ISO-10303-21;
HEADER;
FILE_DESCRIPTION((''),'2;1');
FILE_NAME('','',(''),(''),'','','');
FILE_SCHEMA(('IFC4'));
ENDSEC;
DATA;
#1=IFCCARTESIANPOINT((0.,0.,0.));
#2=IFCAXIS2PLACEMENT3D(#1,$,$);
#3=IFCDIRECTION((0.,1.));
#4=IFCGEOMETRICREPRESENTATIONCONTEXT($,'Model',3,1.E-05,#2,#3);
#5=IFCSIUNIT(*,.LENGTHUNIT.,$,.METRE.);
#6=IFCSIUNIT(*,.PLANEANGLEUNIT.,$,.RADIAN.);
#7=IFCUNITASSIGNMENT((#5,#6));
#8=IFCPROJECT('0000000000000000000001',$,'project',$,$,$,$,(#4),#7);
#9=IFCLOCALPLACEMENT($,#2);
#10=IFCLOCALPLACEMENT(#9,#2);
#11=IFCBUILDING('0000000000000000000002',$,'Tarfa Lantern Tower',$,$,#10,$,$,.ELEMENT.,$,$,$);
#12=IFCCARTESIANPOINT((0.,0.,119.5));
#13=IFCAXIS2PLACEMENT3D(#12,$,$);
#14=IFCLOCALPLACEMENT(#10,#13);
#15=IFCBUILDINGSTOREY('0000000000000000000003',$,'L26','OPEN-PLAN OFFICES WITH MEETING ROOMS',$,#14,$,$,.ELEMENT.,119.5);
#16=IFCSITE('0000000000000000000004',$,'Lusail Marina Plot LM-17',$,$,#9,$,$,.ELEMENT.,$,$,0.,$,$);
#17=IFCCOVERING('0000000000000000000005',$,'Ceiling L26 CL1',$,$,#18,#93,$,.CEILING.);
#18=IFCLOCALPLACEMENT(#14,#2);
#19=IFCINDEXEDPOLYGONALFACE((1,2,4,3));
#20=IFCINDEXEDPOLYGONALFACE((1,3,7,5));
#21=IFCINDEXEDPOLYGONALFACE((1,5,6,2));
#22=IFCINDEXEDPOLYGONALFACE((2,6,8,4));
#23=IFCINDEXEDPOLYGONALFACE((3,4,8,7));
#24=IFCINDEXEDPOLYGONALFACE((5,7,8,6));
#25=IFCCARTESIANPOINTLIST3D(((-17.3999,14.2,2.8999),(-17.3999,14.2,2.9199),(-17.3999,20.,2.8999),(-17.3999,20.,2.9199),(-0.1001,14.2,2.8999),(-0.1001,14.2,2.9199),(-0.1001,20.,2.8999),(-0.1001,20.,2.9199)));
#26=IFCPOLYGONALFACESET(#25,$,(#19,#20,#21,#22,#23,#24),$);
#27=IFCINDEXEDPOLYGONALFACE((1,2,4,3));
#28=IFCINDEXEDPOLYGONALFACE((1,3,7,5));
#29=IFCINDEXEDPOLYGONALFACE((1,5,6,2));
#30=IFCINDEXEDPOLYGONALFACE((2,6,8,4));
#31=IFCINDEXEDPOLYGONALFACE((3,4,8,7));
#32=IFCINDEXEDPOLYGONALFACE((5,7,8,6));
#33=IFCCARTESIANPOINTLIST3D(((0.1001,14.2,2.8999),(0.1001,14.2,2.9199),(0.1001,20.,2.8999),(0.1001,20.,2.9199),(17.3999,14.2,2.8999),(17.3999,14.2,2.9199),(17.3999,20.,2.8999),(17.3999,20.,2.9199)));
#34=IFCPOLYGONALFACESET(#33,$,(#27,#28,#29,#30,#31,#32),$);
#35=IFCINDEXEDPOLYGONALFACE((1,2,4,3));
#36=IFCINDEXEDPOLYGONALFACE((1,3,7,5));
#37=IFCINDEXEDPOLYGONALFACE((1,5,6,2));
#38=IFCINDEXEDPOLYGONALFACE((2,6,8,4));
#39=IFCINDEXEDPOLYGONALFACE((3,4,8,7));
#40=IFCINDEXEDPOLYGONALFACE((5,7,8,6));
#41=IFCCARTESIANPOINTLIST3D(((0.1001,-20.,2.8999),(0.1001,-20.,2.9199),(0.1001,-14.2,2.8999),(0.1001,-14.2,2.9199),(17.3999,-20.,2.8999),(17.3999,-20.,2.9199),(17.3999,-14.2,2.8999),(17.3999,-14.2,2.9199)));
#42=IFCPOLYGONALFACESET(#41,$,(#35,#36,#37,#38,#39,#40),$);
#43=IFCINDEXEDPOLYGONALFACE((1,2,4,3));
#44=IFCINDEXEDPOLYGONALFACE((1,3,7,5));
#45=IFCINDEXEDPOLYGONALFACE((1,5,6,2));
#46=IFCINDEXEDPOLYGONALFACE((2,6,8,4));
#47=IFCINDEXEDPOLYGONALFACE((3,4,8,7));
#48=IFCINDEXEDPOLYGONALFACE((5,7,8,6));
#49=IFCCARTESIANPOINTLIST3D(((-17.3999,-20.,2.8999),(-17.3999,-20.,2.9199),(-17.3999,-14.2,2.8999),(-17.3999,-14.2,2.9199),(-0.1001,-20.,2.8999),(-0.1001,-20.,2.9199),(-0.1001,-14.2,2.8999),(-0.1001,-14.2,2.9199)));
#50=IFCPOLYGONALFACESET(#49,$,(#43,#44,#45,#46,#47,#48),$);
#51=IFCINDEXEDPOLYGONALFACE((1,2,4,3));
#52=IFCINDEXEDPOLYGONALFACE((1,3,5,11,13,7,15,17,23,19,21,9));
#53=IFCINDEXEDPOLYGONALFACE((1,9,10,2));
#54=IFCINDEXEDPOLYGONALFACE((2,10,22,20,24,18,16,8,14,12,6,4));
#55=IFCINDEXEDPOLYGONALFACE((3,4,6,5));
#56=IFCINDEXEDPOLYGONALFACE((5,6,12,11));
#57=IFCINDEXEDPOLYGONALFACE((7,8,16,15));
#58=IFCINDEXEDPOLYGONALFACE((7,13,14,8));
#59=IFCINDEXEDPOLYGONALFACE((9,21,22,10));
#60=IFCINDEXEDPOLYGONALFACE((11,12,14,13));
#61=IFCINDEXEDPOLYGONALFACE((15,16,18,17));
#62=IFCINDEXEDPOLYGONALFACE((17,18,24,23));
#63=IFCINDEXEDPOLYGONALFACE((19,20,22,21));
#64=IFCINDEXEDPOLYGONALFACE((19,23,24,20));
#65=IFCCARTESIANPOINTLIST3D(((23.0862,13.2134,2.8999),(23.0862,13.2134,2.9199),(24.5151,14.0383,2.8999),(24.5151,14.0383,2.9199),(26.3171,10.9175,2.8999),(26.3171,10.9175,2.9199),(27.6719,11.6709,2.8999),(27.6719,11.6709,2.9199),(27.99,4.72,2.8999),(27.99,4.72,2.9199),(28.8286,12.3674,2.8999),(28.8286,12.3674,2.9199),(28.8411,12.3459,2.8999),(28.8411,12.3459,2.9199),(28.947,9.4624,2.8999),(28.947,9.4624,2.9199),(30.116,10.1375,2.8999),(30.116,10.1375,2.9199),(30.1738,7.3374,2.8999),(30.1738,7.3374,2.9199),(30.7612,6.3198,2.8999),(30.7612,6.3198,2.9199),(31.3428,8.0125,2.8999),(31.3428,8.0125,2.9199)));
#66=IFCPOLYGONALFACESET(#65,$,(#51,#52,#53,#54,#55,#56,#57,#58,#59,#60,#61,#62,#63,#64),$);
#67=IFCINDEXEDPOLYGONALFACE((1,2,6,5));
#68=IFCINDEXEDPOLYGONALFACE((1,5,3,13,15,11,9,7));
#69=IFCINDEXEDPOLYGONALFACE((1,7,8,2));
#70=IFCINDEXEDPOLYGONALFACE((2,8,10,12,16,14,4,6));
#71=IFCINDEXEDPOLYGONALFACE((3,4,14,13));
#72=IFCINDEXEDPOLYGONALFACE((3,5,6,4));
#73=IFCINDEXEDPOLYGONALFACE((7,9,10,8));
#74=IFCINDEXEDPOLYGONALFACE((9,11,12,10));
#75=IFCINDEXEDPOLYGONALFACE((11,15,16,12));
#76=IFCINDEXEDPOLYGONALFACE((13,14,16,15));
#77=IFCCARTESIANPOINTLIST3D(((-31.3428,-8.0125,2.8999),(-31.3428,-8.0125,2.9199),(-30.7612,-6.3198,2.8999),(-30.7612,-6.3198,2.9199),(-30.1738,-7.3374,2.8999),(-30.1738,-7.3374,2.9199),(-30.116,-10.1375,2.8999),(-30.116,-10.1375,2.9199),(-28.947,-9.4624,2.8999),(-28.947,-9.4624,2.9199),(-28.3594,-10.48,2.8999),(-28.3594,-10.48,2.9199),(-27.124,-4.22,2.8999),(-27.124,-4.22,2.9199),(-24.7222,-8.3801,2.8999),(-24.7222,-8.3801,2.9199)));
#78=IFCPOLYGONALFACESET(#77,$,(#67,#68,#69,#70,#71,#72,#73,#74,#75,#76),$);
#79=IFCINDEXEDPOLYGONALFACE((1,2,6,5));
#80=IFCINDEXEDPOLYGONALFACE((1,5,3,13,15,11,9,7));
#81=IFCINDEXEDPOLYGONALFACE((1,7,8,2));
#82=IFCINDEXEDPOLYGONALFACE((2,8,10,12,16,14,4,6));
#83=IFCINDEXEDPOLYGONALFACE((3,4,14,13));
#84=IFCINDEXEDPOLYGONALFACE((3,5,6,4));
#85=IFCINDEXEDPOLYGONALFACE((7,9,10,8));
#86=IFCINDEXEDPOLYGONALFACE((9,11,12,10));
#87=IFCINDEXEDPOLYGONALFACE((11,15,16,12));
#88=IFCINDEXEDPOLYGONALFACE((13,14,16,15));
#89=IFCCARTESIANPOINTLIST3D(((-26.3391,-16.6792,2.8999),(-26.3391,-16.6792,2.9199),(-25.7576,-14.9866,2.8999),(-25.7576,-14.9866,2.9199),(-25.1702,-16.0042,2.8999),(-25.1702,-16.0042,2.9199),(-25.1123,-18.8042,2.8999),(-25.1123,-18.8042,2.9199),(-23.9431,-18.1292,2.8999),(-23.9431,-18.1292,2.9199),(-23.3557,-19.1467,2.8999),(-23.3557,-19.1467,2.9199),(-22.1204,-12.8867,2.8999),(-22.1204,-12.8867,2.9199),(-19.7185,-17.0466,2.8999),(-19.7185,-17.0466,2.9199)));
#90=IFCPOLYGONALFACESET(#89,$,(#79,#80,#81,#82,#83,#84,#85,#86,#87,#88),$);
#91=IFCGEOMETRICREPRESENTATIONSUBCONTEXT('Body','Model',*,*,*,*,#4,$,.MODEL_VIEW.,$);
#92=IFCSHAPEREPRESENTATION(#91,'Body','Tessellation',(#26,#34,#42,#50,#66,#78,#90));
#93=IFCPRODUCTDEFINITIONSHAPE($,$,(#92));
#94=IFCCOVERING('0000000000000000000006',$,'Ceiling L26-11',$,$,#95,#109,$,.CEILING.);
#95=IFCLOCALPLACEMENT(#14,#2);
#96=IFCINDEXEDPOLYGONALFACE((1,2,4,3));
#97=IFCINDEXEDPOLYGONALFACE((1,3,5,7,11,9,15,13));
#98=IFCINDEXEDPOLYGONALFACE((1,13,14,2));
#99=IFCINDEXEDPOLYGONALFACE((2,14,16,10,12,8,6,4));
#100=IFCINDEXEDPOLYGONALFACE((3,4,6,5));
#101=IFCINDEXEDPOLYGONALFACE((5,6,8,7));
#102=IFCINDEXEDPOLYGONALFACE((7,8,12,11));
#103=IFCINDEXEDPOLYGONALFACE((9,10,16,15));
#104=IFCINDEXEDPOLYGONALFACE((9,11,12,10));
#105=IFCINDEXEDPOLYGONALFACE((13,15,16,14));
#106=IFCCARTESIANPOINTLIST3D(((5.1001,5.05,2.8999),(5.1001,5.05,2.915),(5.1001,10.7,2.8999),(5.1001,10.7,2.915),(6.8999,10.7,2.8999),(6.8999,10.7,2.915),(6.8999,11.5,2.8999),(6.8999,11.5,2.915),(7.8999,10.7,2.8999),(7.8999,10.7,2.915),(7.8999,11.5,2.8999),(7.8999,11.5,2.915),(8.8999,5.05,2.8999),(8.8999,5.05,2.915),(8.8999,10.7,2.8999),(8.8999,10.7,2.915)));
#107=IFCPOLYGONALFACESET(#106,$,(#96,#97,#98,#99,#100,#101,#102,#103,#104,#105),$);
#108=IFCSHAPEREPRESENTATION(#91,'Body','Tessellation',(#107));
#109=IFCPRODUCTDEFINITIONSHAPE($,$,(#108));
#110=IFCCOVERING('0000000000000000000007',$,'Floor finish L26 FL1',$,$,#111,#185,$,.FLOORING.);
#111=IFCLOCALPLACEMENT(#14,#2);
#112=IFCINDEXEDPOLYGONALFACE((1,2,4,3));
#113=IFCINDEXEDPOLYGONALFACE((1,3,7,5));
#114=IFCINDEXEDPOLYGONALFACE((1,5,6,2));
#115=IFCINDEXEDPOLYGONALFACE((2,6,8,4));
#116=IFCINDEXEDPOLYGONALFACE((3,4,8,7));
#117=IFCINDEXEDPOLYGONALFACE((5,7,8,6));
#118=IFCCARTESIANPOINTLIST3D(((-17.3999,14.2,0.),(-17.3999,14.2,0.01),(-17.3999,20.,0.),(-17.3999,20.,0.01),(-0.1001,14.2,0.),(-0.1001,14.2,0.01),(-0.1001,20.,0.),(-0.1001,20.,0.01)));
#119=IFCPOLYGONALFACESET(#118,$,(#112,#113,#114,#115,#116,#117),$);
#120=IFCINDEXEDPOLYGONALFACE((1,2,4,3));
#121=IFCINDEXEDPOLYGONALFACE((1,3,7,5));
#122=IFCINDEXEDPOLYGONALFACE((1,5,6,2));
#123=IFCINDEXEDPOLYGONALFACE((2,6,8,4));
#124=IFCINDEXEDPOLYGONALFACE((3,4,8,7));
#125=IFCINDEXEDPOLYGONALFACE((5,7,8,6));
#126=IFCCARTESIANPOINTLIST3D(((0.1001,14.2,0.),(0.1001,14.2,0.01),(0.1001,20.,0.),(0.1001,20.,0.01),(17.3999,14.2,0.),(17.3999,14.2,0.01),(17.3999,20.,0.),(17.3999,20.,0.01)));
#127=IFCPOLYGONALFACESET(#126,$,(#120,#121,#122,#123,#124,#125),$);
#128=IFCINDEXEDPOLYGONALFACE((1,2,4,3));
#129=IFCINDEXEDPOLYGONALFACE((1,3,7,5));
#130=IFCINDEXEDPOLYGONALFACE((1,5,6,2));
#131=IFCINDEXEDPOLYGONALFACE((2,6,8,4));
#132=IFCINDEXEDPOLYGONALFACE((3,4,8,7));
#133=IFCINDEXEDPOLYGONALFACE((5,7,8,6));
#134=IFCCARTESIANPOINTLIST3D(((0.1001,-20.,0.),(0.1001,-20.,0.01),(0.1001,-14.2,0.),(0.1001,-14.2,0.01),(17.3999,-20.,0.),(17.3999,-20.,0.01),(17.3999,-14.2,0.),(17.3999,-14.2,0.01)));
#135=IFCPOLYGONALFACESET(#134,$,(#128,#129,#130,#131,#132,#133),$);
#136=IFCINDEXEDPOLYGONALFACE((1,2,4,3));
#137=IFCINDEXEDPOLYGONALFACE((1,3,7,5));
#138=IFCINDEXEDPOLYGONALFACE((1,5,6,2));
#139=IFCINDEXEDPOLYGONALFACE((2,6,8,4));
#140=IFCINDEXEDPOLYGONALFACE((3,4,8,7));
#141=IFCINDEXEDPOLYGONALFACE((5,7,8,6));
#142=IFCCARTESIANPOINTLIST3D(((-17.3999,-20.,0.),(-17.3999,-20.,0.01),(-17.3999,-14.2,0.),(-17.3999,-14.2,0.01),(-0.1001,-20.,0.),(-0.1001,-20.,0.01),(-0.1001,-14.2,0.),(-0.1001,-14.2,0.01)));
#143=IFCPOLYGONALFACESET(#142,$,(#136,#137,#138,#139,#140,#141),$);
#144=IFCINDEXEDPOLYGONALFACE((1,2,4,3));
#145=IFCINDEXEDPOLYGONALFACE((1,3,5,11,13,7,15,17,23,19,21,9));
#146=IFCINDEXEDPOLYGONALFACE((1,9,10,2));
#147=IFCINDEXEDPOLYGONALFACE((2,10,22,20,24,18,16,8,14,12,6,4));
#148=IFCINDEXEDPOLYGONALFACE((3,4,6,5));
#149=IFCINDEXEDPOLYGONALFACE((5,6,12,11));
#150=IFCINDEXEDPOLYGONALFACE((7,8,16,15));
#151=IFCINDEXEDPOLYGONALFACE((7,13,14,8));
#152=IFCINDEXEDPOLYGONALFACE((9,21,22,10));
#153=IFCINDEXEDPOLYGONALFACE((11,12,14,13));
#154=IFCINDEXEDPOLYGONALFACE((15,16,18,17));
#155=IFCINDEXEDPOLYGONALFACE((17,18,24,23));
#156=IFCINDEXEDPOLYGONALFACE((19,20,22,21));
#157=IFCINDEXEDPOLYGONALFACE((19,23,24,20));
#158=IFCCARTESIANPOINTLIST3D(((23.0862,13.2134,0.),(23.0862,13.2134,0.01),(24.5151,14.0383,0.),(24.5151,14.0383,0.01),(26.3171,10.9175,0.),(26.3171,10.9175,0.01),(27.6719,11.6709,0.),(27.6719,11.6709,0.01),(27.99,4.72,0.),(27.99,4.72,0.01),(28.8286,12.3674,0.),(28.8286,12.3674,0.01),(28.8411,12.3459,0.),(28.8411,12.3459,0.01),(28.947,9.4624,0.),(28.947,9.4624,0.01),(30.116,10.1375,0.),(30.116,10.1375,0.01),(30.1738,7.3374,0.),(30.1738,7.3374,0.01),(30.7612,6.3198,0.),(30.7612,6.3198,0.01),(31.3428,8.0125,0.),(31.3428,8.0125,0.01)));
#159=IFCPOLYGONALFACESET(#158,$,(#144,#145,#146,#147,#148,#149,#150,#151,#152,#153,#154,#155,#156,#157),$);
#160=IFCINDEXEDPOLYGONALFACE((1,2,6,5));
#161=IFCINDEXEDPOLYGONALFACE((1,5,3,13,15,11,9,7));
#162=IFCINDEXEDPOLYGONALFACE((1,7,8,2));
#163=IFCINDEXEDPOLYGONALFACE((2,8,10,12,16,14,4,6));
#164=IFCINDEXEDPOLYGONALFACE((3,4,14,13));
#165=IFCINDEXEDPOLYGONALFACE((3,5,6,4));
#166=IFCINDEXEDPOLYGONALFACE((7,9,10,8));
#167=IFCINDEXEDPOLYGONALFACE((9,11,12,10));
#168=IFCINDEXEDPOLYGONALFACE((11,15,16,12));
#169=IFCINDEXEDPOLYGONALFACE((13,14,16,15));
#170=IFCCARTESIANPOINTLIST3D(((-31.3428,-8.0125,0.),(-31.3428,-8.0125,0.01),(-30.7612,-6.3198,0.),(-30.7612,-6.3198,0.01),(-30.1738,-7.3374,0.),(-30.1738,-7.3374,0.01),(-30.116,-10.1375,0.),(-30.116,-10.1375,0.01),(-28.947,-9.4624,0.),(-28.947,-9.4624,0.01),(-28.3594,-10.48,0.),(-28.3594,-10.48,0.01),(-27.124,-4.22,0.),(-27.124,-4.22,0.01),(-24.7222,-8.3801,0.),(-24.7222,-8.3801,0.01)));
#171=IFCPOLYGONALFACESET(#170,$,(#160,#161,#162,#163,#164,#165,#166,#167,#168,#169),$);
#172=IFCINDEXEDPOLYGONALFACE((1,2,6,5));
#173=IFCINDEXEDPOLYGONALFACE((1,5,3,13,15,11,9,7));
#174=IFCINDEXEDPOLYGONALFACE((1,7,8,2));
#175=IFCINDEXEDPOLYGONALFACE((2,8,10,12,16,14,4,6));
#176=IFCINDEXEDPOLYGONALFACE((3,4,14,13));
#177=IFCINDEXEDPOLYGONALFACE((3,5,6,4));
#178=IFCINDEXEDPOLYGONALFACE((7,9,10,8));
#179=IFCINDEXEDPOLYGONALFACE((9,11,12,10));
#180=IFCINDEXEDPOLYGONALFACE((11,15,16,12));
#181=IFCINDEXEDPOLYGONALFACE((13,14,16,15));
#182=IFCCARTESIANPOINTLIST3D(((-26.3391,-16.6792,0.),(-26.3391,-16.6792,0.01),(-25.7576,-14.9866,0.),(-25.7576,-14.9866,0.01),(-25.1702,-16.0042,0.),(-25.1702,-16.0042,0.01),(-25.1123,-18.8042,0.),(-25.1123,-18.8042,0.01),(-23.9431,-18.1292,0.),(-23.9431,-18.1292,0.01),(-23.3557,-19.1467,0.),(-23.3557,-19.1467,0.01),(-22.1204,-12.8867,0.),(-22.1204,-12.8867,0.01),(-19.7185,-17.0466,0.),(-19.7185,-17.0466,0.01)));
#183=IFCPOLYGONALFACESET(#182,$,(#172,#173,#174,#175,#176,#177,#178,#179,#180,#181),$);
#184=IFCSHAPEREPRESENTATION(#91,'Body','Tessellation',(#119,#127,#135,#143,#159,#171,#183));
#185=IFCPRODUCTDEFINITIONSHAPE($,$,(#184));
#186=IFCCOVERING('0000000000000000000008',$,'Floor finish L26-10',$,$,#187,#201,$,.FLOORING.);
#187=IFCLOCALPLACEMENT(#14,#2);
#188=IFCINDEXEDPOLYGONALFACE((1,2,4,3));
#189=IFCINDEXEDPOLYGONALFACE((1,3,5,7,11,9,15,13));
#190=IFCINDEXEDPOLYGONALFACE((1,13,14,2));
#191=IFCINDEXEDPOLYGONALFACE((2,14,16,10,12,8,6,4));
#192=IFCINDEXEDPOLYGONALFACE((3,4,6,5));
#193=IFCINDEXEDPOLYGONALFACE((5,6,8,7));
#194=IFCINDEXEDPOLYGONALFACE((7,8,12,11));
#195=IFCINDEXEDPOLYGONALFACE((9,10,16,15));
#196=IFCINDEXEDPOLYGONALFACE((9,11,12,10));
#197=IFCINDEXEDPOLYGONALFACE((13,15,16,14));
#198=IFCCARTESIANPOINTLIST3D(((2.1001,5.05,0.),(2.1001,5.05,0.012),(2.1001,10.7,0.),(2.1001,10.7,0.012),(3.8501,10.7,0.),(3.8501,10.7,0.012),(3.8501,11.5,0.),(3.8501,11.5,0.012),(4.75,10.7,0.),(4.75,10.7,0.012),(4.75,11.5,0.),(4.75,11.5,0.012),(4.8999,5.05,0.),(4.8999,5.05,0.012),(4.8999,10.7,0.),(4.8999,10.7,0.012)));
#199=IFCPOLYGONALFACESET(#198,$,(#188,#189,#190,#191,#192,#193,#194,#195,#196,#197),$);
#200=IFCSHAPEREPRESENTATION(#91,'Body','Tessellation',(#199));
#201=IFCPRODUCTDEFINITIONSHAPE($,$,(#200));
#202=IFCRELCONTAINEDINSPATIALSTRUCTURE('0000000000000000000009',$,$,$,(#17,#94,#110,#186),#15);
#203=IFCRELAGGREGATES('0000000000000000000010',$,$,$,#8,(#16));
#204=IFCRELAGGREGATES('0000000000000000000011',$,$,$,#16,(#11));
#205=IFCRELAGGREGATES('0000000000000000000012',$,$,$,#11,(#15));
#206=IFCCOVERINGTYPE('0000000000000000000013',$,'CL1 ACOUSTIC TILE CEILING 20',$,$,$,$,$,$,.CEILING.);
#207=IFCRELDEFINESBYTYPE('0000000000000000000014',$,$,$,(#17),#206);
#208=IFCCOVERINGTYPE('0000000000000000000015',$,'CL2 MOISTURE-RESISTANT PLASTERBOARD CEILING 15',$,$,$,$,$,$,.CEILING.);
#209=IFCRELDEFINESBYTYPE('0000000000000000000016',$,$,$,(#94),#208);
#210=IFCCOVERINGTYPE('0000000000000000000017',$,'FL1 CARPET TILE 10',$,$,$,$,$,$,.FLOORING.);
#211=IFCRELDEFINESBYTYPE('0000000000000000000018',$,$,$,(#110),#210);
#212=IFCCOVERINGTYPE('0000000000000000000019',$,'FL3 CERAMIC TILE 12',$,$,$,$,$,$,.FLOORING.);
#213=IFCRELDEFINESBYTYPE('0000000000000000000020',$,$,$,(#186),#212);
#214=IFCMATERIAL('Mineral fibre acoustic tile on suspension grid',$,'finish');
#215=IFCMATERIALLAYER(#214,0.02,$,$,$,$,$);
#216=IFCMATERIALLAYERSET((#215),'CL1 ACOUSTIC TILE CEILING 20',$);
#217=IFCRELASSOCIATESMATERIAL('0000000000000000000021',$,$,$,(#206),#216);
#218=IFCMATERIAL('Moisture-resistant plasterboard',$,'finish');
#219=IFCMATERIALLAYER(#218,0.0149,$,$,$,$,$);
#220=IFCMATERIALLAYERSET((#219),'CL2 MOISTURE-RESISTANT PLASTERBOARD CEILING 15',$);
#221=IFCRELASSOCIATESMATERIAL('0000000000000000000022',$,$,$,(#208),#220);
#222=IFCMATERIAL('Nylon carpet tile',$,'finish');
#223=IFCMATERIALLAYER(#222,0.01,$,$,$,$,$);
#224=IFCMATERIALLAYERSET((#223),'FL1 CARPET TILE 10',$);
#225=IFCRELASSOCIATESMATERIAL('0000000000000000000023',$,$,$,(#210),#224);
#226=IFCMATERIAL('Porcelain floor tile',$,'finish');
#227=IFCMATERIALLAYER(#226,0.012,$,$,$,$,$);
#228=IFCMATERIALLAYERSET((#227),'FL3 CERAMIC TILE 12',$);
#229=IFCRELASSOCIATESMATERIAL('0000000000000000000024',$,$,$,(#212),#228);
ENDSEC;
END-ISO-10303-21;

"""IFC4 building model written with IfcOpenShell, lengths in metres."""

from ifc_helpers import new_model, si_unit, direction, frame, origin, place, context, subcontext, project, spatial, polyline, outline, extrude, material, layer, layer_set, type_object, element, save


model = new_model("IFC4")

# Units and contexts
model_context = context("Model", 3, precision=1e-05, world=origin(), true_north=direction((0.0, 1.0)))
body_context = subcontext(model_context, "Body", "Model", "MODEL_VIEW")
ifc_project = project(units=[si_unit("LENGTHUNIT", "METRE"), si_unit("PLANEANGLEUNIT", "RADIAN")], contexts=[model_context])

# Site, building, storey
site_placement = place(None, origin())
site = spatial("IfcSite", under=ifc_project, at=site_placement, Name="Lusail Marina Plot LM-17", CompositionType="ELEMENT", RefElevation=0.0)
building_placement = place(site_placement, origin())
building = spatial("IfcBuilding", under=site, at=building_placement, Name="Tarfa Lantern Tower", CompositionType="ELEMENT")
storey_placement = place(building_placement, frame((0.0, 0.0, 119.5)))
storey = spatial("IfcBuildingStorey", under=building, at=storey_placement, Name="L26", Description="OPEN-PLAN OFFICES WITH MEETING ROOMS", CompositionType="ELEMENT", Elevation=119.5)

# Coverings
ifc_material_1 = material(Name="Mineral fibre acoustic tile on suspension grid", Category="finish")
ifc_layer_1 = layer(ifc_material_1, 0.02)
ifc_layer_set_1 = layer_set([ifc_layer_1], Name="CL1 ACOUSTIC TILE CEILING 20")
covering_type_1 = type_object("IfcCoveringType", Name="CL1 ACOUSTIC TILE CEILING 20", PredefinedType="CEILING", material=ifc_layer_set_1)
covering_1_placement = place(storey_placement, frame((0.0, 0.0, 2.8999)))
element("IfcCovering", 1, at=covering_1_placement, inside=storey, type_object=covering_type_1, Name="Ceiling L26 CL1", PredefinedType="CEILING", context=body_context, shape_type="SweptSolid", body=[
    extrude(outline(polyline([(-17.3999, 20.0), (-0.1001, 20.0), (-0.1001, 14.2), (-17.3999, 14.2), (-17.3999, 20.0)])), origin(), (0.0, 0.0, 1.0), 0.02),
    extrude(outline(polyline([(0.1001, 20.0), (17.3999, 20.0), (17.3999, 14.2), (0.1001, 14.2), (0.1001, 20.0)])), origin(), (0.0, 0.0, 1.0), 0.02),
    extrude(outline(polyline([(0.1001, -14.2), (17.3999, -14.2), (17.3999, -20.0), (0.1001, -20.0), (0.1001, -14.2)])), origin(), (0.0, 0.0, 1.0), 0.02),
    extrude(outline(polyline([(-17.3999, -14.2), (-0.1001, -14.2), (-0.1001, -20.0), (-17.3999, -20.0), (-17.3999, -14.2)])), origin(), (0.0, 0.0, 1.0), 0.02),
    extrude(outline(polyline([(27.99, 4.72), (23.0862, 13.2134), (24.5151, 14.0383), (26.3171, 10.9175), (28.8286, 12.3674), (28.8411, 12.3459), (27.6719, 11.6709), (28.947, 9.4624), (30.116, 10.1375), (31.3428, 8.0125), (30.1738, 7.3374), (30.7612, 6.3198), (27.99, 4.72)])), origin(), (0.0, 0.0, 1.0), 0.02),
    extrude(outline(polyline([(-24.7222, -8.3801), (-28.3594, -10.48), (-28.947, -9.4624), (-30.116, -10.1375), (-31.3428, -8.0125), (-30.1738, -7.3374), (-30.7612, -6.3198), (-27.124, -4.22), (-24.7222, -8.3801)])), origin(), (0.0, 0.0, 1.0), 0.02),
    extrude(outline(polyline([(-19.7185, -17.0466), (-23.3557, -19.1467), (-23.9431, -18.1292), (-25.1123, -18.8042), (-26.3391, -16.6792), (-25.1702, -16.0042), (-25.7576, -14.9866), (-22.1204, -12.8867), (-19.7185, -17.0466)])), origin(), (0.0, 0.0, 1.0), 0.02),
])
ifc_material_2 = material(Name="Moisture-resistant plasterboard", Category="finish")
ifc_layer_2 = layer(ifc_material_2, 0.0149)
ifc_layer_set_2 = layer_set([ifc_layer_2], Name="CL2 MOISTURE-RESISTANT PLASTERBOARD CEILING 15")
covering_type_2 = type_object("IfcCoveringType", Name="CL2 MOISTURE-RESISTANT PLASTERBOARD CEILING 15", PredefinedType="CEILING", material=ifc_layer_set_2)
covering_2_placement = place(storey_placement, frame((0.0, 0.0, 2.8999)))
element("IfcCovering", 2, at=covering_2_placement, inside=storey, type_object=covering_type_2, Name="Ceiling L26-11", PredefinedType="CEILING", context=body_context, shape_type="SweptSolid", body=[
    extrude(outline(polyline([(5.1001, 5.05), (8.8999, 5.05), (8.8999, 10.7), (7.8999, 10.7), (7.8999, 11.5), (6.8999, 11.5), (6.8999, 10.7), (5.1001, 10.7), (5.1001, 5.05)])), origin(), (0.0, 0.0, 1.0), 0.0151),
])
ifc_material_3 = material(Name="Nylon carpet tile", Category="finish")
ifc_layer_3 = layer(ifc_material_3, 0.01)
ifc_layer_set_3 = layer_set([ifc_layer_3], Name="FL1 CARPET TILE 10")
covering_type_3 = type_object("IfcCoveringType", Name="FL1 CARPET TILE 10", PredefinedType="FLOORING", material=ifc_layer_set_3)
covering_3_placement = place(storey_placement, origin())
element("IfcCovering", 3, at=covering_3_placement, inside=storey, type_object=covering_type_3, Name="Floor finish L26 FL1", PredefinedType="FLOORING", context=body_context, shape_type="SweptSolid", body=[
    extrude(outline(polyline([(-17.3999, 20.0), (-0.1001, 20.0), (-0.1001, 14.2), (-17.3999, 14.2), (-17.3999, 20.0)])), origin(), (0.0, 0.0, 1.0), 0.01),
    extrude(outline(polyline([(0.1001, 20.0), (17.3999, 20.0), (17.3999, 14.2), (0.1001, 14.2), (0.1001, 20.0)])), origin(), (0.0, 0.0, 1.0), 0.01),
    extrude(outline(polyline([(0.1001, -14.2), (17.3999, -14.2), (17.3999, -20.0), (0.1001, -20.0), (0.1001, -14.2)])), origin(), (0.0, 0.0, 1.0), 0.01),
    extrude(outline(polyline([(-17.3999, -14.2), (-0.1001, -14.2), (-0.1001, -20.0), (-17.3999, -20.0), (-17.3999, -14.2)])), origin(), (0.0, 0.0, 1.0), 0.01),
    extrude(outline(polyline([(27.99, 4.72), (23.0862, 13.2134), (24.5151, 14.0383), (26.3171, 10.9175), (28.8286, 12.3674), (28.8411, 12.3459), (27.6719, 11.6709), (28.947, 9.4624), (30.116, 10.1375), (31.3428, 8.0125), (30.1738, 7.3374), (30.7612, 6.3198), (27.99, 4.72)])), origin(), (0.0, 0.0, 1.0), 0.01),
    extrude(outline(polyline([(-24.7222, -8.3801), (-28.3594, -10.48), (-28.947, -9.4624), (-30.116, -10.1375), (-31.3428, -8.0125), (-30.1738, -7.3374), (-30.7612, -6.3198), (-27.124, -4.22), (-24.7222, -8.3801)])), origin(), (0.0, 0.0, 1.0), 0.01),
    extrude(outline(polyline([(-19.7185, -17.0466), (-23.3557, -19.1467), (-23.9431, -18.1292), (-25.1123, -18.8042), (-26.3391, -16.6792), (-25.1702, -16.0042), (-25.7576, -14.9866), (-22.1204, -12.8867), (-19.7185, -17.0466)])), origin(), (0.0, 0.0, 1.0), 0.01),
])
ifc_material_4 = material(Name="Porcelain floor tile", Category="finish")
ifc_layer_4 = layer(ifc_material_4, 0.012)
ifc_layer_set_4 = layer_set([ifc_layer_4], Name="FL3 CERAMIC TILE 12")
covering_type_4 = type_object("IfcCoveringType", Name="FL3 CERAMIC TILE 12", PredefinedType="FLOORING", material=ifc_layer_set_4)
covering_4_placement = place(storey_placement, origin())
element("IfcCovering", 4, at=covering_4_placement, inside=storey, type_object=covering_type_4, Name="Floor finish L26-10", PredefinedType="FLOORING", context=body_context, shape_type="SweptSolid", body=[
    extrude(outline(polyline([(2.1001, 5.05), (4.8999, 5.05), (4.8999, 10.7), (4.75, 10.7), (4.75, 11.5), (3.8501, 11.5), (3.8501, 10.7), (2.1001, 10.7), (2.1001, 5.05)])), origin(), (0.0, 0.0, 1.0), 0.012),
])

save(model, "model.ifc")
